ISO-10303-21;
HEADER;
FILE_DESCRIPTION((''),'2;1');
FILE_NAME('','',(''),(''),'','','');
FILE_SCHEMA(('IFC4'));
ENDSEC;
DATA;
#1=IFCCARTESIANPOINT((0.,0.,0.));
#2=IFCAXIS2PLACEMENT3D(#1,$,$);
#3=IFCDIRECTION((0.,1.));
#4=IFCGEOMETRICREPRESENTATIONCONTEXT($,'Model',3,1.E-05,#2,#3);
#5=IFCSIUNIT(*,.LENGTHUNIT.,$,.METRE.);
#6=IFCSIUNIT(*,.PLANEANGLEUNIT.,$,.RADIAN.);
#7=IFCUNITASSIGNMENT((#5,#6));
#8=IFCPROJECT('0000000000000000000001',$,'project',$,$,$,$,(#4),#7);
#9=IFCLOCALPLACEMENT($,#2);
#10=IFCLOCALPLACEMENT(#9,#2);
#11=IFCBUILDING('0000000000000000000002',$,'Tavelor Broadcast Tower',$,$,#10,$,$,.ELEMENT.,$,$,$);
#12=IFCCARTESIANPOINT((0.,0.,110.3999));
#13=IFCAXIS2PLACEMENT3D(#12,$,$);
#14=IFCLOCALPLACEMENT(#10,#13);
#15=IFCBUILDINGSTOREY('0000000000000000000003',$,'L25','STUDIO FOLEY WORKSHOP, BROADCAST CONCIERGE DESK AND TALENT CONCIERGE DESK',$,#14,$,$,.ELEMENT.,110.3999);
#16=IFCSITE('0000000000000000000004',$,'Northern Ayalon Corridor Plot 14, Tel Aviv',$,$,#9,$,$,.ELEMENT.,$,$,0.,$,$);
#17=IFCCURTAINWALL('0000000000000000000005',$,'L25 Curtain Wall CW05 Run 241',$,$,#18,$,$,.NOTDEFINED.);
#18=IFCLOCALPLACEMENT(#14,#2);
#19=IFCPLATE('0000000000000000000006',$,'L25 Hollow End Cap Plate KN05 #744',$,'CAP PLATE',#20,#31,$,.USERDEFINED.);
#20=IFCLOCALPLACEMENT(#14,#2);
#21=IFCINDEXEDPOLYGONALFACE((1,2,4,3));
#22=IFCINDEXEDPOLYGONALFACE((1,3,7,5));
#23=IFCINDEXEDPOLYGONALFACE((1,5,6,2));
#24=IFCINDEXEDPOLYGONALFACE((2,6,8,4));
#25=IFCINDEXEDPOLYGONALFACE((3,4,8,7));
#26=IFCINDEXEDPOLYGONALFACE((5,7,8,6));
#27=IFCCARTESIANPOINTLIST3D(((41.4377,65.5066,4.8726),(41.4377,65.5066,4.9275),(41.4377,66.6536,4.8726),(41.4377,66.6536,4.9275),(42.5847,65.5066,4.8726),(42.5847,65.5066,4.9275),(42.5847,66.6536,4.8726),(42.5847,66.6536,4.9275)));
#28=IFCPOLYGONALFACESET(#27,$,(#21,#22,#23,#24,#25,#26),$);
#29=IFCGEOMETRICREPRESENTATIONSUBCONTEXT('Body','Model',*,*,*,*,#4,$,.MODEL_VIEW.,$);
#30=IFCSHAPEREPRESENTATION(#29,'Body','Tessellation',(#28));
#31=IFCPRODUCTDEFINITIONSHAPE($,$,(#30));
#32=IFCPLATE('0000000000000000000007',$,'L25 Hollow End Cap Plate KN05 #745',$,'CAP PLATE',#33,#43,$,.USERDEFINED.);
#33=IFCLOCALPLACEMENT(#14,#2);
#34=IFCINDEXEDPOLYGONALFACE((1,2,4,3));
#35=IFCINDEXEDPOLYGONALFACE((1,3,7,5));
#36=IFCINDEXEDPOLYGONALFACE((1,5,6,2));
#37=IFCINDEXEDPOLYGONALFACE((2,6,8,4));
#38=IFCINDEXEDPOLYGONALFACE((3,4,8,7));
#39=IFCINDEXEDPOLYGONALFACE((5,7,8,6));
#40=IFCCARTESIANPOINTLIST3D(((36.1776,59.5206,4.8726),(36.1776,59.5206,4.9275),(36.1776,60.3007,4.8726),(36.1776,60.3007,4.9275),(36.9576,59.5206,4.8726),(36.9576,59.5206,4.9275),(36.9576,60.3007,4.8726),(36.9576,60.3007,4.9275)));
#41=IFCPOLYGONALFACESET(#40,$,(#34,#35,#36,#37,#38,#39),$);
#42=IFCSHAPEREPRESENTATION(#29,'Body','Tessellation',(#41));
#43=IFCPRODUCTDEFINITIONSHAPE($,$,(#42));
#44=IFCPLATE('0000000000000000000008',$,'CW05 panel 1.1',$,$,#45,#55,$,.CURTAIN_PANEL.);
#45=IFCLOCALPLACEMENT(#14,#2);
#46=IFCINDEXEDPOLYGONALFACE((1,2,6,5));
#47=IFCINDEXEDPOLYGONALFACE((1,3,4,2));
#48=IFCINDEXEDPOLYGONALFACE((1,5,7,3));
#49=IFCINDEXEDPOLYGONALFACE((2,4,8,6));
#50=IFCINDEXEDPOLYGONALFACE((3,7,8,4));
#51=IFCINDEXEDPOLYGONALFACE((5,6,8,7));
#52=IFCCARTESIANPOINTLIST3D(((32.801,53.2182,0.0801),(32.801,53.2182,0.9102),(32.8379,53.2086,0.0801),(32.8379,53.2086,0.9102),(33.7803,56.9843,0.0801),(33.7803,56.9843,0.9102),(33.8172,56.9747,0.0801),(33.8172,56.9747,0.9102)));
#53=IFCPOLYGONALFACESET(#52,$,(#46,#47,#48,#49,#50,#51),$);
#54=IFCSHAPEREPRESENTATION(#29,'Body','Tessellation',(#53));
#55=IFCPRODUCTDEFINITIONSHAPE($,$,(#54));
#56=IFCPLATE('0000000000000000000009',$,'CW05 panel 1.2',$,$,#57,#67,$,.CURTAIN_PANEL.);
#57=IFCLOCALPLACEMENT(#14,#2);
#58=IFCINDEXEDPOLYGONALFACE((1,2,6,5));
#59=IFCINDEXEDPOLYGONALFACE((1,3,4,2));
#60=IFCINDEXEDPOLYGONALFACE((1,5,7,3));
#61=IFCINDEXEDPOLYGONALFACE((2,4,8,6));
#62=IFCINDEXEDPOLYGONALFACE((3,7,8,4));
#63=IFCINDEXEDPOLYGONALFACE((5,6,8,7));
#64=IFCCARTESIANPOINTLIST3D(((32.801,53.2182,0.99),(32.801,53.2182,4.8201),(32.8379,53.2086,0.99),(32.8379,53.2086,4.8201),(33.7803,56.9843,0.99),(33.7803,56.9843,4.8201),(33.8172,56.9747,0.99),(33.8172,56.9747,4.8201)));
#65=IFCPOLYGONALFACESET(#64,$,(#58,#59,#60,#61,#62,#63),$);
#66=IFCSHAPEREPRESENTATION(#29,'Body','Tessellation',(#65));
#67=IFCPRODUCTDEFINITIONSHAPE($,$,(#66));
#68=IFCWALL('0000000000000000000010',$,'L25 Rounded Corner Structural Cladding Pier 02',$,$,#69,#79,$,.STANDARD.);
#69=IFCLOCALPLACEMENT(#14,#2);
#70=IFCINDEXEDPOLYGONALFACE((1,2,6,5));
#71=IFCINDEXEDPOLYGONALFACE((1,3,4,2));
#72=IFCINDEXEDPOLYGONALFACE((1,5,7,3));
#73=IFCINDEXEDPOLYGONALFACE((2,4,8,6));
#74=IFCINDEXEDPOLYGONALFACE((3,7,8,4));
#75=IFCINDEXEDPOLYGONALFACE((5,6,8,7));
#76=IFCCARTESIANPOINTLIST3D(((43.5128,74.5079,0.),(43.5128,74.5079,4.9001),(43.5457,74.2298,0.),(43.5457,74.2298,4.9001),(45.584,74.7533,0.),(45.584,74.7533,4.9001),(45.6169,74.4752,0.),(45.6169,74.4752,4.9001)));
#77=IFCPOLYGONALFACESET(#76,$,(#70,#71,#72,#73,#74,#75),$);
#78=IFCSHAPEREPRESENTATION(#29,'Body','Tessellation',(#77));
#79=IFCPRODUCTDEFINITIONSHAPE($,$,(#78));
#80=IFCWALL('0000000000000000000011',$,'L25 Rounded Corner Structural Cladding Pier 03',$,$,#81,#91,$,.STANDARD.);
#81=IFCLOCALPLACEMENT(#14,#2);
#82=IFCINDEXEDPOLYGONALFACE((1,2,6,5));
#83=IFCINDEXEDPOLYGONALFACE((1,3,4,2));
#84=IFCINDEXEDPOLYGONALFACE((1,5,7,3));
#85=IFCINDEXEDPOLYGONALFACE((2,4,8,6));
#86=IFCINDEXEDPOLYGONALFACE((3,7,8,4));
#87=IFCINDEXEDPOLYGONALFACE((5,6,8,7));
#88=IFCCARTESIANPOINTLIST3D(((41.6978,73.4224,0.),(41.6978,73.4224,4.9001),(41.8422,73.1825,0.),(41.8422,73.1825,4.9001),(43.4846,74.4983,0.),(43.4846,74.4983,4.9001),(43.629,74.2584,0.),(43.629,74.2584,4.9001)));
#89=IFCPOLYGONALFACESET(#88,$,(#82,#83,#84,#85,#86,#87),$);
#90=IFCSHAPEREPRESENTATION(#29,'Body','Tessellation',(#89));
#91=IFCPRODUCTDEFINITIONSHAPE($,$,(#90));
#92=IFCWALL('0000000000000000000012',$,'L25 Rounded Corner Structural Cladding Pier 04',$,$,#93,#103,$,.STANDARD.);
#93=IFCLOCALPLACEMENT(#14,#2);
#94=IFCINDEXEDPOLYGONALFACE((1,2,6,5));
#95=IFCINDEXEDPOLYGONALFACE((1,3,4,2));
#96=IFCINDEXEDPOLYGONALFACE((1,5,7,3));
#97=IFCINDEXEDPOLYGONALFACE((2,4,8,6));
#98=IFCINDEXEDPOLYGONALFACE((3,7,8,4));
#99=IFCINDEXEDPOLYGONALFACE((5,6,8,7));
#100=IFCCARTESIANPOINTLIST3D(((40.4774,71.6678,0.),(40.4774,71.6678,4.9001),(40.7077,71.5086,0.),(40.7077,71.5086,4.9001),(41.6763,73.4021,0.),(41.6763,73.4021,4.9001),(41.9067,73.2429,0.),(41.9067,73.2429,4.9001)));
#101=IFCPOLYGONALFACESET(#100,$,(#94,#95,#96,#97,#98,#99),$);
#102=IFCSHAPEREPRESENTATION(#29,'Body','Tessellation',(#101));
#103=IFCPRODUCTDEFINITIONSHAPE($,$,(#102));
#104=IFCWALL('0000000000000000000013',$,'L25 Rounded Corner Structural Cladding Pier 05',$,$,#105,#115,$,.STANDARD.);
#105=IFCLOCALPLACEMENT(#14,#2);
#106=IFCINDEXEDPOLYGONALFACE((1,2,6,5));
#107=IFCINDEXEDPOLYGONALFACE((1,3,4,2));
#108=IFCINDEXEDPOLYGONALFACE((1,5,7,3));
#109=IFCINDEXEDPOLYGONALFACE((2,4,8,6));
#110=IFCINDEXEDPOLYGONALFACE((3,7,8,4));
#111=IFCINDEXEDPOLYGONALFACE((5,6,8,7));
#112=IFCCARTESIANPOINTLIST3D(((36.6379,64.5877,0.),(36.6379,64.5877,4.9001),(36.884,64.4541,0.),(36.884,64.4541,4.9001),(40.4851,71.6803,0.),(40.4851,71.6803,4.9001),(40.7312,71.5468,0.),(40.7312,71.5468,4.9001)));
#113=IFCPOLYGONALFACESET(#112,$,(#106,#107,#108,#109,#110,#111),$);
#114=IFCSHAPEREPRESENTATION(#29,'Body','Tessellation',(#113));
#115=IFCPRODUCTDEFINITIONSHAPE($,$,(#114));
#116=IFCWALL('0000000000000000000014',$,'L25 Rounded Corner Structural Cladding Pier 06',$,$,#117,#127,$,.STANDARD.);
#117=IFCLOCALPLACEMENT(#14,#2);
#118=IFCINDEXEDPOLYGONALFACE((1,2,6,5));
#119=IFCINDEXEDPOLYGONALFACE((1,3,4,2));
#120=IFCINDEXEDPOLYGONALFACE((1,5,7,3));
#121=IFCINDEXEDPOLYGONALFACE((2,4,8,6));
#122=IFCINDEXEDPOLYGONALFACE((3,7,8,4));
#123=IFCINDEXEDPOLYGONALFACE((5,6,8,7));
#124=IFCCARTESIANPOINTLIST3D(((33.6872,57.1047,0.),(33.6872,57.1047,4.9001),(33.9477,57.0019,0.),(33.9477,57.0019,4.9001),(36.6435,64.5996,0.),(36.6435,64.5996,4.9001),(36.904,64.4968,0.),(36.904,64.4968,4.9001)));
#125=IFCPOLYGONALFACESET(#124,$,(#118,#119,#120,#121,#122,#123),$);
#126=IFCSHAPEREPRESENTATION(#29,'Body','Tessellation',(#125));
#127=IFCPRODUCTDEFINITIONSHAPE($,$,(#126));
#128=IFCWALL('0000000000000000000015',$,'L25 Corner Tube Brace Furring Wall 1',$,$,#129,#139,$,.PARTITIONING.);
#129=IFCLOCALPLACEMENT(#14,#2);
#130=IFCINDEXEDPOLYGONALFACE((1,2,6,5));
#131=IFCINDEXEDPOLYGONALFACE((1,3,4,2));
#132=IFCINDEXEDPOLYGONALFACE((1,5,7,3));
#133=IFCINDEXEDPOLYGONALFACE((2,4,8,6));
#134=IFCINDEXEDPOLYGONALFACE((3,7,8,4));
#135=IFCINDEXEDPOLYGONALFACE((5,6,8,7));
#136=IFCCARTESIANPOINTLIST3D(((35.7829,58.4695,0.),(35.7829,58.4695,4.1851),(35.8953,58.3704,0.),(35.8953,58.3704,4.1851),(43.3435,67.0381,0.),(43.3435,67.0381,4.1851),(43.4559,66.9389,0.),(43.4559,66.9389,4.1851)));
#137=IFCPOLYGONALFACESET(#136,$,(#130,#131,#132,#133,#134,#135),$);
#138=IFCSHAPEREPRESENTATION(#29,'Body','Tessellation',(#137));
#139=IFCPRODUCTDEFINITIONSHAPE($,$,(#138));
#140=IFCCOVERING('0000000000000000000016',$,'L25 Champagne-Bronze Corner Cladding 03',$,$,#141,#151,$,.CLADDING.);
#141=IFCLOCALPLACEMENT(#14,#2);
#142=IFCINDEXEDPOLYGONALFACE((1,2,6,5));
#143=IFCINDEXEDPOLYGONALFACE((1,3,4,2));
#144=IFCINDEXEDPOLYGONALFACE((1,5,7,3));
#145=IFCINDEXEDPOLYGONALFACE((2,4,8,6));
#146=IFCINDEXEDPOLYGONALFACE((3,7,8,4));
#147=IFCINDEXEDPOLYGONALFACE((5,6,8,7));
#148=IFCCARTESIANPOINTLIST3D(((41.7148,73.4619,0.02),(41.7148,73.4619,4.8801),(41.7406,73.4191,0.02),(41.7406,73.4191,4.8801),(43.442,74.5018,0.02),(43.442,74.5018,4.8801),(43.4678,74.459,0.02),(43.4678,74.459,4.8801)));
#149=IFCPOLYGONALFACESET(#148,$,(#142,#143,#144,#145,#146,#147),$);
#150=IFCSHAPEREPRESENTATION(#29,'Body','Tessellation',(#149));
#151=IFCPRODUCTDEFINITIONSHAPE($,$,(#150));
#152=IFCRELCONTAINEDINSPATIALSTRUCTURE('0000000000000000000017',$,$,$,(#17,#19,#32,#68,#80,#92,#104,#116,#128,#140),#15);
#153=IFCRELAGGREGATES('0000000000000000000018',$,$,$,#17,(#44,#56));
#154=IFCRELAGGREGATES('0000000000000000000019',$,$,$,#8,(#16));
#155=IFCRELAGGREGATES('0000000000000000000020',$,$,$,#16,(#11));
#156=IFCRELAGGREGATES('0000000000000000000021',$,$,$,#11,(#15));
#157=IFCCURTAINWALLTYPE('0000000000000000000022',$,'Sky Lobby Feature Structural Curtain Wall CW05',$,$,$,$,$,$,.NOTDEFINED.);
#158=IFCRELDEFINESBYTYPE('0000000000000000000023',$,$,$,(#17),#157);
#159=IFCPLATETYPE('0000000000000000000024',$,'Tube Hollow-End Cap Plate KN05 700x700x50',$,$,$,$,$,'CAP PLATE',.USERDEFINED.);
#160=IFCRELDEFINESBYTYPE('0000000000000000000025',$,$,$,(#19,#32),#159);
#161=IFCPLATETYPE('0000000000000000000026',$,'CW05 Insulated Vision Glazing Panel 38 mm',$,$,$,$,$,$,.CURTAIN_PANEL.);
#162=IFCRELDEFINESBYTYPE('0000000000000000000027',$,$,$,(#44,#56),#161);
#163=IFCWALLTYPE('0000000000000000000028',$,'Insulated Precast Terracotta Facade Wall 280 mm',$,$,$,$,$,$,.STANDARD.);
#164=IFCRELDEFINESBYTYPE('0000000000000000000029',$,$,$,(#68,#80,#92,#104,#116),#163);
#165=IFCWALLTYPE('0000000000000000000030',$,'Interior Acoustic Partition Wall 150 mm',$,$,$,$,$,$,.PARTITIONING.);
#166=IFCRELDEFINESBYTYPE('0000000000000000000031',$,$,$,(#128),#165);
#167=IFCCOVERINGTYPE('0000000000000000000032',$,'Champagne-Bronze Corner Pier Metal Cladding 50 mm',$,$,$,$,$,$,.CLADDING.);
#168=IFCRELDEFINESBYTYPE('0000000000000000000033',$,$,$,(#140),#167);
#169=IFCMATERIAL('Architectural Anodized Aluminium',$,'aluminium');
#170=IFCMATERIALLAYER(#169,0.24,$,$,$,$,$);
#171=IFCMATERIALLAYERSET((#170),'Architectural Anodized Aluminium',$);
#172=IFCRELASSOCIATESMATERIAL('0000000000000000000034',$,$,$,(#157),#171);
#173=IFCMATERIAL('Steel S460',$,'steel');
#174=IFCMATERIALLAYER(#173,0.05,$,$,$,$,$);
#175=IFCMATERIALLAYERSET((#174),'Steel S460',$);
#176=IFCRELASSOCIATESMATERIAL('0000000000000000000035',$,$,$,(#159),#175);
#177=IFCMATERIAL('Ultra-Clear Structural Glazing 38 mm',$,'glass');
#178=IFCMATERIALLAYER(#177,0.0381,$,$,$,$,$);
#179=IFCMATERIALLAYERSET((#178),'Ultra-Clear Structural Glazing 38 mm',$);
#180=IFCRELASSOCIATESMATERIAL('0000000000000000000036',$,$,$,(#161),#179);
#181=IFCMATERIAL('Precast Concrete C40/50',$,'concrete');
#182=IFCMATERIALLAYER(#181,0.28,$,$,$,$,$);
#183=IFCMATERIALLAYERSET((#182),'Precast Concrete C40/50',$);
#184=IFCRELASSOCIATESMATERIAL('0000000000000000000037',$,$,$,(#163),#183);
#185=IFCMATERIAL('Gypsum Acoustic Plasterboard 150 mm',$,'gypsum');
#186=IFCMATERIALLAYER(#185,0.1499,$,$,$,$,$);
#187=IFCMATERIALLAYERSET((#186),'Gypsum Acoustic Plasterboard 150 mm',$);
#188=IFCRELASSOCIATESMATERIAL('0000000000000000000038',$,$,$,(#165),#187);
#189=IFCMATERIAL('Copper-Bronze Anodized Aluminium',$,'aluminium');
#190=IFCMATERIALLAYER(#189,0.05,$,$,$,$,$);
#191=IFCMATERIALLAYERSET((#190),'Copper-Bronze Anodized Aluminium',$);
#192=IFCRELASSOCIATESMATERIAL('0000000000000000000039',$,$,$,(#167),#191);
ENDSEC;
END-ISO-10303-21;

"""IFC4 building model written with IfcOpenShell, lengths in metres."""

from ifc_helpers import new_model, si_unit, direction, frame, frame_2d, origin, origin_2d, place, context, subcontext, project, spatial, rectangle, extrude, source, transform, mapped, material, layer, layer_set, type_object, type_shapes, element, aggregate, save


model = new_model("IFC4")

# Units and contexts
model_context = context("Model", 3, precision=1e-05, world=origin(), true_north=direction((0.0, 1.0)))
body_context = subcontext(model_context, "Body", "Model", "MODEL_VIEW")
ifc_project = project(units=[si_unit("LENGTHUNIT", "METRE"), si_unit("PLANEANGLEUNIT", "RADIAN")], contexts=[model_context])

# Site, building, storey
site_placement = place(None, origin())
site = spatial("IfcSite", under=ifc_project, at=site_placement, Name="Northern Ayalon Corridor Plot 14, Tel Aviv", CompositionType="ELEMENT", RefElevation=0.0)
building_placement = place(site_placement, origin())
building = spatial("IfcBuilding", under=site, at=building_placement, Name="Tavelor Broadcast Tower", CompositionType="ELEMENT")
storey_placement = place(building_placement, frame((0.0, 0.0, 110.3999)))
storey = spatial("IfcBuildingStorey", under=building, at=storey_placement, Name="L25", Description="STUDIO FOLEY WORKSHOP, BROADCAST CONCIERGE DESK AND TALENT CONCIERGE DESK", CompositionType="ELEMENT", Elevation=110.3999)

# Shared definitions
ifc_material_1 = material(Name="Steel S460", Category="steel")

# Curtain wall
ifc_material_2 = material(Name="Architectural Anodized Aluminium", Category="aluminium")
ifc_layer_1 = layer(ifc_material_2, 0.24)
ifc_layer_set_1 = layer_set([ifc_layer_1], Name="Architectural Anodized Aluminium")
curtain_wall_type = type_object("IfcCurtainWallType", Name="Sky Lobby Feature Structural Curtain Wall CW05", PredefinedType="NOTDEFINED", material=ifc_layer_set_1)
curtain_wall_placement = place(storey_placement, origin())
curtain_wall = element("IfcCurtainWall", 1, at=curtain_wall_placement, inside=storey, type_object=curtain_wall_type, Name="L25 Curtain Wall CW05 Run 241", PredefinedType="NOTDEFINED")

# Plates
ifc_layer_2 = layer(ifc_material_1, 0.05)
ifc_layer_set_2 = layer_set([ifc_layer_2], Name="Steel S460")
plate_type_1 = type_object("IfcPlateType", Name="Tube Hollow-End Cap Plate KN05 700x700x50", ElementType="CAP PLATE", PredefinedType="USERDEFINED", material=ifc_layer_set_2)
shared_shape_1 = source(origin(), body_context, "Body", "SweptSolid", [
    extrude(rectangle(XDim=1.147, YDim=1.147, at=origin_2d()), origin(), (0.0, 0.0, 1.0), 0.0549),
])
plate_1_placement = place(storey_placement, frame((42.0112, 66.0801, 4.8726), z_axis=(0.0, 0.0, 1.0), x_axis=(1.0, 0.0, 0.0)))
element("IfcPlate", 2, at=plate_1_placement, inside=storey, type_object=plate_type_1, Name="L25 Hollow End Cap Plate KN05 #744", ObjectType="CAP PLATE", PredefinedType="USERDEFINED", context=body_context, shape_type="MappedRepresentation", body=[
    mapped(shared_shape_1, transform((0.0, 0.0, 0.0), scale=1.0)),
])
shared_shape_2 = source(origin(), body_context, "Body", "SweptSolid", [
    extrude(rectangle(XDim=0.78, YDim=0.78, at=origin_2d()), origin(), (0.0, 0.0, 1.0), 0.0549),
])
type_shapes(plate_type_1, [shared_shape_1, shared_shape_2])
plate_2_placement = place(storey_placement, frame((36.5676, 59.9106, 4.8726), z_axis=(0.0, 0.0, 1.0), x_axis=(1.0, 0.0, 0.0)))
element("IfcPlate", 3, at=plate_2_placement, inside=storey, type_object=plate_type_1, Name="L25 Hollow End Cap Plate KN05 #745", ObjectType="CAP PLATE", PredefinedType="USERDEFINED", context=body_context, shape_type="MappedRepresentation", body=[
    mapped(shared_shape_2, transform((0.0, 0.0, 0.0), scale=1.0)),
])

# Plates
ifc_material_3 = material(Name="Ultra-Clear Structural Glazing 38 mm", Category="glass")
ifc_layer_3 = layer(ifc_material_3, 0.0381)
ifc_layer_set_3 = layer_set([ifc_layer_3], Name="Ultra-Clear Structural Glazing 38 mm")
plate_type_2 = type_object("IfcPlateType", Name="CW05 Insulated Vision Glazing Panel 38 mm", PredefinedType="CURTAIN_PANEL", material=ifc_layer_set_3)
shared_shape_3 = source(origin(), body_context, "Body", "SweptSolid", [
    extrude(rectangle(XDim=3.8914, YDim=0.0381, at=origin_2d()), origin(), (0.0, 0.0, 1.0), 0.8301),
])
plate_3_placement = place(storey_placement, frame((33.3091, 55.0964, 0.0801), z_axis=(0.0, 0.0, 1.0), x_axis=(-0.251655, -0.967817, 0.0)))
plate_3 = element("IfcPlate", 4, at=plate_3_placement, type_object=plate_type_2, Name="CW05 panel 1.1", PredefinedType="CURTAIN_PANEL", context=body_context, shape_type="MappedRepresentation", body=[
    mapped(shared_shape_3, transform((0.0, 0.0, 0.0), scale=1.0)),
])
shared_shape_4 = source(origin(), body_context, "Body", "SweptSolid", [
    extrude(rectangle(XDim=3.8914, YDim=0.0381, at=origin_2d()), origin(), (0.0, 0.0, 1.0), 3.8301),
])
type_shapes(plate_type_2, [shared_shape_3, shared_shape_4])
plate_4_placement = place(storey_placement, frame((33.3091, 55.0964, 0.99), z_axis=(0.0, 0.0, 1.0), x_axis=(-0.251655, -0.967817, 0.0)))
plate_4 = element("IfcPlate", 5, at=plate_4_placement, type_object=plate_type_2, Name="CW05 panel 1.2", PredefinedType="CURTAIN_PANEL", context=body_context, shape_type="MappedRepresentation", body=[
    mapped(shared_shape_4, transform((0.0, 0.0, 0.0), scale=1.0)),
])
aggregate(curtain_wall, [plate_3, plate_4])

# Walls
ifc_material_4 = material(Name="Precast Concrete C40/50", Category="concrete")
ifc_layer_4 = layer(ifc_material_4, 0.28)
ifc_layer_set_4 = layer_set([ifc_layer_4], Name="Precast Concrete C40/50")
wall_type_1 = type_object("IfcWallType", Name="Insulated Precast Terracotta Facade Wall 280 mm", PredefinedType="STANDARD", material=ifc_layer_set_4)
for number, where, z_axis, x_axis, name in (
    (6, (45.6006, 74.6143, 0.0), (0.0, 0.0, 1.0), (-0.993057, -0.117636, 0.0), "L25 Rounded Corner Structural Cladding Pier 02"),
    (7, (43.5569, 74.3784, 0.0), (0.0, 0.0, 1.0), (-0.856686, -0.515838, 0.0), "L25 Rounded Corner Structural Cladding Pier 03"),
):
    element("IfcWall", number, at=place(storey_placement, frame(where, z_axis=z_axis, x_axis=x_axis)), inside=storey, type_object=wall_type_1, Name=name, PredefinedType="STANDARD", context=body_context, shape_type="SweptSolid", body=[
        extrude(rectangle(XDim=2.0857, YDim=0.28, at=frame_2d((1.043, 0.0))), origin(), (0.0, 0.0, 1.0), 4.9001),
    ])
wall_1_placement = place(storey_placement, frame((41.7915, 73.3225, 0.0), z_axis=(0.0, 0.0, 1.0), x_axis=(-0.56865, -0.82258, 0.0)))
element("IfcWall", 8, at=wall_1_placement, inside=storey, type_object=wall_type_1, Name="L25 Rounded Corner Structural Cladding Pier 04", PredefinedType="STANDARD", context=body_context, shape_type="SweptSolid", body=[
    extrude(rectangle(XDim=2.1084, YDim=0.28, at=frame_2d((1.0542, 0.0))), origin(), (0.0, 0.0, 1.0), 4.9001),
])
wall_2_placement = place(storey_placement, frame((40.6082, 71.6135, 0.0), z_axis=(0.0, 0.0, 1.0), x_axis=(-0.476799, -0.879013, 0.0)))
element("IfcWall", 9, at=wall_2_placement, inside=storey, type_object=wall_type_1, Name="L25 Rounded Corner Structural Cladding Pier 05", PredefinedType="STANDARD", context=body_context, shape_type="SweptSolid", body=[
    extrude(rectangle(XDim=8.0688, YDim=0.28, at=frame_2d((4.0344, 0.0))), origin(), (0.0, 0.0, 1.0), 4.9001),
])
wall_3_placement = place(storey_placement, frame((36.7737, 64.5481, 0.0), z_axis=(0.0, 0.0, 1.0), x_axis=(-0.36693, -0.930249, 0.0)))
element("IfcWall", 10, at=wall_3_placement, inside=storey, type_object=wall_type_1, Name="L25 Rounded Corner Structural Cladding Pier 06", PredefinedType="STANDARD", context=body_context, shape_type="SweptSolid", body=[
    extrude(rectangle(XDim=8.0569, YDim=0.28, at=frame_2d((4.0283, 0.0))), origin(), (0.0, 0.0, 1.0), 4.9001),
])
ifc_material_5 = material(Name="Gypsum Acoustic Plasterboard 150 mm", Category="gypsum")
ifc_layer_5 = layer(ifc_material_5, 0.1499)
ifc_layer_set_5 = layer_set([ifc_layer_5], Name="Gypsum Acoustic Plasterboard 150 mm")
wall_type_2 = type_object("IfcWallType", Name="Interior Acoustic Partition Wall 150 mm", PredefinedType="PARTITIONING", material=ifc_layer_set_5)
wall_4_placement = place(storey_placement, frame((43.3997, 66.9885, 0.0), z_axis=(0.0, 0.0, 1.0), x_axis=(-0.661622, -0.749837, 0.0)))
element("IfcWall", 11, at=wall_4_placement, inside=storey, type_object=wall_type_2, Name="L25 Corner Tube Brace Furring Wall 1", PredefinedType="PARTITIONING", context=body_context, shape_type="SweptSolid", body=[
    extrude(rectangle(XDim=11.4272, YDim=0.1499, at=frame_2d((5.7136, 0.0))), origin(), (0.0, 0.0, 1.0), 4.1851),
])

# Covering
ifc_material_6 = material(Name="Copper-Bronze Anodized Aluminium", Category="aluminium")
ifc_layer_6 = layer(ifc_material_6, 0.05)
ifc_layer_set_6 = layer_set([ifc_layer_6], Name="Copper-Bronze Anodized Aluminium")
covering_type = type_object("IfcCoveringType", Name="Champagne-Bronze Corner Pier Metal Cladding 50 mm", PredefinedType="CLADDING", material=ifc_layer_set_6)
covering_placement = place(storey_placement, frame((42.5913, 73.9604, 0.02), z_axis=(0.0, 0.0, 1.0), x_axis=(-0.856718, -0.515786, 0.0)))
element("IfcCovering", 12, at=covering_placement, inside=storey, type_object=covering_type, Name="L25 Champagne-Bronze Corner Cladding 03", PredefinedType="CLADDING", context=body_context, shape_type="SweptSolid", body=[
    extrude(rectangle(XDim=2.0161, YDim=0.05, at=origin_2d()), origin(), (0.0, 0.0, 1.0), 4.8601),
])

save(model, "model.ifc")
